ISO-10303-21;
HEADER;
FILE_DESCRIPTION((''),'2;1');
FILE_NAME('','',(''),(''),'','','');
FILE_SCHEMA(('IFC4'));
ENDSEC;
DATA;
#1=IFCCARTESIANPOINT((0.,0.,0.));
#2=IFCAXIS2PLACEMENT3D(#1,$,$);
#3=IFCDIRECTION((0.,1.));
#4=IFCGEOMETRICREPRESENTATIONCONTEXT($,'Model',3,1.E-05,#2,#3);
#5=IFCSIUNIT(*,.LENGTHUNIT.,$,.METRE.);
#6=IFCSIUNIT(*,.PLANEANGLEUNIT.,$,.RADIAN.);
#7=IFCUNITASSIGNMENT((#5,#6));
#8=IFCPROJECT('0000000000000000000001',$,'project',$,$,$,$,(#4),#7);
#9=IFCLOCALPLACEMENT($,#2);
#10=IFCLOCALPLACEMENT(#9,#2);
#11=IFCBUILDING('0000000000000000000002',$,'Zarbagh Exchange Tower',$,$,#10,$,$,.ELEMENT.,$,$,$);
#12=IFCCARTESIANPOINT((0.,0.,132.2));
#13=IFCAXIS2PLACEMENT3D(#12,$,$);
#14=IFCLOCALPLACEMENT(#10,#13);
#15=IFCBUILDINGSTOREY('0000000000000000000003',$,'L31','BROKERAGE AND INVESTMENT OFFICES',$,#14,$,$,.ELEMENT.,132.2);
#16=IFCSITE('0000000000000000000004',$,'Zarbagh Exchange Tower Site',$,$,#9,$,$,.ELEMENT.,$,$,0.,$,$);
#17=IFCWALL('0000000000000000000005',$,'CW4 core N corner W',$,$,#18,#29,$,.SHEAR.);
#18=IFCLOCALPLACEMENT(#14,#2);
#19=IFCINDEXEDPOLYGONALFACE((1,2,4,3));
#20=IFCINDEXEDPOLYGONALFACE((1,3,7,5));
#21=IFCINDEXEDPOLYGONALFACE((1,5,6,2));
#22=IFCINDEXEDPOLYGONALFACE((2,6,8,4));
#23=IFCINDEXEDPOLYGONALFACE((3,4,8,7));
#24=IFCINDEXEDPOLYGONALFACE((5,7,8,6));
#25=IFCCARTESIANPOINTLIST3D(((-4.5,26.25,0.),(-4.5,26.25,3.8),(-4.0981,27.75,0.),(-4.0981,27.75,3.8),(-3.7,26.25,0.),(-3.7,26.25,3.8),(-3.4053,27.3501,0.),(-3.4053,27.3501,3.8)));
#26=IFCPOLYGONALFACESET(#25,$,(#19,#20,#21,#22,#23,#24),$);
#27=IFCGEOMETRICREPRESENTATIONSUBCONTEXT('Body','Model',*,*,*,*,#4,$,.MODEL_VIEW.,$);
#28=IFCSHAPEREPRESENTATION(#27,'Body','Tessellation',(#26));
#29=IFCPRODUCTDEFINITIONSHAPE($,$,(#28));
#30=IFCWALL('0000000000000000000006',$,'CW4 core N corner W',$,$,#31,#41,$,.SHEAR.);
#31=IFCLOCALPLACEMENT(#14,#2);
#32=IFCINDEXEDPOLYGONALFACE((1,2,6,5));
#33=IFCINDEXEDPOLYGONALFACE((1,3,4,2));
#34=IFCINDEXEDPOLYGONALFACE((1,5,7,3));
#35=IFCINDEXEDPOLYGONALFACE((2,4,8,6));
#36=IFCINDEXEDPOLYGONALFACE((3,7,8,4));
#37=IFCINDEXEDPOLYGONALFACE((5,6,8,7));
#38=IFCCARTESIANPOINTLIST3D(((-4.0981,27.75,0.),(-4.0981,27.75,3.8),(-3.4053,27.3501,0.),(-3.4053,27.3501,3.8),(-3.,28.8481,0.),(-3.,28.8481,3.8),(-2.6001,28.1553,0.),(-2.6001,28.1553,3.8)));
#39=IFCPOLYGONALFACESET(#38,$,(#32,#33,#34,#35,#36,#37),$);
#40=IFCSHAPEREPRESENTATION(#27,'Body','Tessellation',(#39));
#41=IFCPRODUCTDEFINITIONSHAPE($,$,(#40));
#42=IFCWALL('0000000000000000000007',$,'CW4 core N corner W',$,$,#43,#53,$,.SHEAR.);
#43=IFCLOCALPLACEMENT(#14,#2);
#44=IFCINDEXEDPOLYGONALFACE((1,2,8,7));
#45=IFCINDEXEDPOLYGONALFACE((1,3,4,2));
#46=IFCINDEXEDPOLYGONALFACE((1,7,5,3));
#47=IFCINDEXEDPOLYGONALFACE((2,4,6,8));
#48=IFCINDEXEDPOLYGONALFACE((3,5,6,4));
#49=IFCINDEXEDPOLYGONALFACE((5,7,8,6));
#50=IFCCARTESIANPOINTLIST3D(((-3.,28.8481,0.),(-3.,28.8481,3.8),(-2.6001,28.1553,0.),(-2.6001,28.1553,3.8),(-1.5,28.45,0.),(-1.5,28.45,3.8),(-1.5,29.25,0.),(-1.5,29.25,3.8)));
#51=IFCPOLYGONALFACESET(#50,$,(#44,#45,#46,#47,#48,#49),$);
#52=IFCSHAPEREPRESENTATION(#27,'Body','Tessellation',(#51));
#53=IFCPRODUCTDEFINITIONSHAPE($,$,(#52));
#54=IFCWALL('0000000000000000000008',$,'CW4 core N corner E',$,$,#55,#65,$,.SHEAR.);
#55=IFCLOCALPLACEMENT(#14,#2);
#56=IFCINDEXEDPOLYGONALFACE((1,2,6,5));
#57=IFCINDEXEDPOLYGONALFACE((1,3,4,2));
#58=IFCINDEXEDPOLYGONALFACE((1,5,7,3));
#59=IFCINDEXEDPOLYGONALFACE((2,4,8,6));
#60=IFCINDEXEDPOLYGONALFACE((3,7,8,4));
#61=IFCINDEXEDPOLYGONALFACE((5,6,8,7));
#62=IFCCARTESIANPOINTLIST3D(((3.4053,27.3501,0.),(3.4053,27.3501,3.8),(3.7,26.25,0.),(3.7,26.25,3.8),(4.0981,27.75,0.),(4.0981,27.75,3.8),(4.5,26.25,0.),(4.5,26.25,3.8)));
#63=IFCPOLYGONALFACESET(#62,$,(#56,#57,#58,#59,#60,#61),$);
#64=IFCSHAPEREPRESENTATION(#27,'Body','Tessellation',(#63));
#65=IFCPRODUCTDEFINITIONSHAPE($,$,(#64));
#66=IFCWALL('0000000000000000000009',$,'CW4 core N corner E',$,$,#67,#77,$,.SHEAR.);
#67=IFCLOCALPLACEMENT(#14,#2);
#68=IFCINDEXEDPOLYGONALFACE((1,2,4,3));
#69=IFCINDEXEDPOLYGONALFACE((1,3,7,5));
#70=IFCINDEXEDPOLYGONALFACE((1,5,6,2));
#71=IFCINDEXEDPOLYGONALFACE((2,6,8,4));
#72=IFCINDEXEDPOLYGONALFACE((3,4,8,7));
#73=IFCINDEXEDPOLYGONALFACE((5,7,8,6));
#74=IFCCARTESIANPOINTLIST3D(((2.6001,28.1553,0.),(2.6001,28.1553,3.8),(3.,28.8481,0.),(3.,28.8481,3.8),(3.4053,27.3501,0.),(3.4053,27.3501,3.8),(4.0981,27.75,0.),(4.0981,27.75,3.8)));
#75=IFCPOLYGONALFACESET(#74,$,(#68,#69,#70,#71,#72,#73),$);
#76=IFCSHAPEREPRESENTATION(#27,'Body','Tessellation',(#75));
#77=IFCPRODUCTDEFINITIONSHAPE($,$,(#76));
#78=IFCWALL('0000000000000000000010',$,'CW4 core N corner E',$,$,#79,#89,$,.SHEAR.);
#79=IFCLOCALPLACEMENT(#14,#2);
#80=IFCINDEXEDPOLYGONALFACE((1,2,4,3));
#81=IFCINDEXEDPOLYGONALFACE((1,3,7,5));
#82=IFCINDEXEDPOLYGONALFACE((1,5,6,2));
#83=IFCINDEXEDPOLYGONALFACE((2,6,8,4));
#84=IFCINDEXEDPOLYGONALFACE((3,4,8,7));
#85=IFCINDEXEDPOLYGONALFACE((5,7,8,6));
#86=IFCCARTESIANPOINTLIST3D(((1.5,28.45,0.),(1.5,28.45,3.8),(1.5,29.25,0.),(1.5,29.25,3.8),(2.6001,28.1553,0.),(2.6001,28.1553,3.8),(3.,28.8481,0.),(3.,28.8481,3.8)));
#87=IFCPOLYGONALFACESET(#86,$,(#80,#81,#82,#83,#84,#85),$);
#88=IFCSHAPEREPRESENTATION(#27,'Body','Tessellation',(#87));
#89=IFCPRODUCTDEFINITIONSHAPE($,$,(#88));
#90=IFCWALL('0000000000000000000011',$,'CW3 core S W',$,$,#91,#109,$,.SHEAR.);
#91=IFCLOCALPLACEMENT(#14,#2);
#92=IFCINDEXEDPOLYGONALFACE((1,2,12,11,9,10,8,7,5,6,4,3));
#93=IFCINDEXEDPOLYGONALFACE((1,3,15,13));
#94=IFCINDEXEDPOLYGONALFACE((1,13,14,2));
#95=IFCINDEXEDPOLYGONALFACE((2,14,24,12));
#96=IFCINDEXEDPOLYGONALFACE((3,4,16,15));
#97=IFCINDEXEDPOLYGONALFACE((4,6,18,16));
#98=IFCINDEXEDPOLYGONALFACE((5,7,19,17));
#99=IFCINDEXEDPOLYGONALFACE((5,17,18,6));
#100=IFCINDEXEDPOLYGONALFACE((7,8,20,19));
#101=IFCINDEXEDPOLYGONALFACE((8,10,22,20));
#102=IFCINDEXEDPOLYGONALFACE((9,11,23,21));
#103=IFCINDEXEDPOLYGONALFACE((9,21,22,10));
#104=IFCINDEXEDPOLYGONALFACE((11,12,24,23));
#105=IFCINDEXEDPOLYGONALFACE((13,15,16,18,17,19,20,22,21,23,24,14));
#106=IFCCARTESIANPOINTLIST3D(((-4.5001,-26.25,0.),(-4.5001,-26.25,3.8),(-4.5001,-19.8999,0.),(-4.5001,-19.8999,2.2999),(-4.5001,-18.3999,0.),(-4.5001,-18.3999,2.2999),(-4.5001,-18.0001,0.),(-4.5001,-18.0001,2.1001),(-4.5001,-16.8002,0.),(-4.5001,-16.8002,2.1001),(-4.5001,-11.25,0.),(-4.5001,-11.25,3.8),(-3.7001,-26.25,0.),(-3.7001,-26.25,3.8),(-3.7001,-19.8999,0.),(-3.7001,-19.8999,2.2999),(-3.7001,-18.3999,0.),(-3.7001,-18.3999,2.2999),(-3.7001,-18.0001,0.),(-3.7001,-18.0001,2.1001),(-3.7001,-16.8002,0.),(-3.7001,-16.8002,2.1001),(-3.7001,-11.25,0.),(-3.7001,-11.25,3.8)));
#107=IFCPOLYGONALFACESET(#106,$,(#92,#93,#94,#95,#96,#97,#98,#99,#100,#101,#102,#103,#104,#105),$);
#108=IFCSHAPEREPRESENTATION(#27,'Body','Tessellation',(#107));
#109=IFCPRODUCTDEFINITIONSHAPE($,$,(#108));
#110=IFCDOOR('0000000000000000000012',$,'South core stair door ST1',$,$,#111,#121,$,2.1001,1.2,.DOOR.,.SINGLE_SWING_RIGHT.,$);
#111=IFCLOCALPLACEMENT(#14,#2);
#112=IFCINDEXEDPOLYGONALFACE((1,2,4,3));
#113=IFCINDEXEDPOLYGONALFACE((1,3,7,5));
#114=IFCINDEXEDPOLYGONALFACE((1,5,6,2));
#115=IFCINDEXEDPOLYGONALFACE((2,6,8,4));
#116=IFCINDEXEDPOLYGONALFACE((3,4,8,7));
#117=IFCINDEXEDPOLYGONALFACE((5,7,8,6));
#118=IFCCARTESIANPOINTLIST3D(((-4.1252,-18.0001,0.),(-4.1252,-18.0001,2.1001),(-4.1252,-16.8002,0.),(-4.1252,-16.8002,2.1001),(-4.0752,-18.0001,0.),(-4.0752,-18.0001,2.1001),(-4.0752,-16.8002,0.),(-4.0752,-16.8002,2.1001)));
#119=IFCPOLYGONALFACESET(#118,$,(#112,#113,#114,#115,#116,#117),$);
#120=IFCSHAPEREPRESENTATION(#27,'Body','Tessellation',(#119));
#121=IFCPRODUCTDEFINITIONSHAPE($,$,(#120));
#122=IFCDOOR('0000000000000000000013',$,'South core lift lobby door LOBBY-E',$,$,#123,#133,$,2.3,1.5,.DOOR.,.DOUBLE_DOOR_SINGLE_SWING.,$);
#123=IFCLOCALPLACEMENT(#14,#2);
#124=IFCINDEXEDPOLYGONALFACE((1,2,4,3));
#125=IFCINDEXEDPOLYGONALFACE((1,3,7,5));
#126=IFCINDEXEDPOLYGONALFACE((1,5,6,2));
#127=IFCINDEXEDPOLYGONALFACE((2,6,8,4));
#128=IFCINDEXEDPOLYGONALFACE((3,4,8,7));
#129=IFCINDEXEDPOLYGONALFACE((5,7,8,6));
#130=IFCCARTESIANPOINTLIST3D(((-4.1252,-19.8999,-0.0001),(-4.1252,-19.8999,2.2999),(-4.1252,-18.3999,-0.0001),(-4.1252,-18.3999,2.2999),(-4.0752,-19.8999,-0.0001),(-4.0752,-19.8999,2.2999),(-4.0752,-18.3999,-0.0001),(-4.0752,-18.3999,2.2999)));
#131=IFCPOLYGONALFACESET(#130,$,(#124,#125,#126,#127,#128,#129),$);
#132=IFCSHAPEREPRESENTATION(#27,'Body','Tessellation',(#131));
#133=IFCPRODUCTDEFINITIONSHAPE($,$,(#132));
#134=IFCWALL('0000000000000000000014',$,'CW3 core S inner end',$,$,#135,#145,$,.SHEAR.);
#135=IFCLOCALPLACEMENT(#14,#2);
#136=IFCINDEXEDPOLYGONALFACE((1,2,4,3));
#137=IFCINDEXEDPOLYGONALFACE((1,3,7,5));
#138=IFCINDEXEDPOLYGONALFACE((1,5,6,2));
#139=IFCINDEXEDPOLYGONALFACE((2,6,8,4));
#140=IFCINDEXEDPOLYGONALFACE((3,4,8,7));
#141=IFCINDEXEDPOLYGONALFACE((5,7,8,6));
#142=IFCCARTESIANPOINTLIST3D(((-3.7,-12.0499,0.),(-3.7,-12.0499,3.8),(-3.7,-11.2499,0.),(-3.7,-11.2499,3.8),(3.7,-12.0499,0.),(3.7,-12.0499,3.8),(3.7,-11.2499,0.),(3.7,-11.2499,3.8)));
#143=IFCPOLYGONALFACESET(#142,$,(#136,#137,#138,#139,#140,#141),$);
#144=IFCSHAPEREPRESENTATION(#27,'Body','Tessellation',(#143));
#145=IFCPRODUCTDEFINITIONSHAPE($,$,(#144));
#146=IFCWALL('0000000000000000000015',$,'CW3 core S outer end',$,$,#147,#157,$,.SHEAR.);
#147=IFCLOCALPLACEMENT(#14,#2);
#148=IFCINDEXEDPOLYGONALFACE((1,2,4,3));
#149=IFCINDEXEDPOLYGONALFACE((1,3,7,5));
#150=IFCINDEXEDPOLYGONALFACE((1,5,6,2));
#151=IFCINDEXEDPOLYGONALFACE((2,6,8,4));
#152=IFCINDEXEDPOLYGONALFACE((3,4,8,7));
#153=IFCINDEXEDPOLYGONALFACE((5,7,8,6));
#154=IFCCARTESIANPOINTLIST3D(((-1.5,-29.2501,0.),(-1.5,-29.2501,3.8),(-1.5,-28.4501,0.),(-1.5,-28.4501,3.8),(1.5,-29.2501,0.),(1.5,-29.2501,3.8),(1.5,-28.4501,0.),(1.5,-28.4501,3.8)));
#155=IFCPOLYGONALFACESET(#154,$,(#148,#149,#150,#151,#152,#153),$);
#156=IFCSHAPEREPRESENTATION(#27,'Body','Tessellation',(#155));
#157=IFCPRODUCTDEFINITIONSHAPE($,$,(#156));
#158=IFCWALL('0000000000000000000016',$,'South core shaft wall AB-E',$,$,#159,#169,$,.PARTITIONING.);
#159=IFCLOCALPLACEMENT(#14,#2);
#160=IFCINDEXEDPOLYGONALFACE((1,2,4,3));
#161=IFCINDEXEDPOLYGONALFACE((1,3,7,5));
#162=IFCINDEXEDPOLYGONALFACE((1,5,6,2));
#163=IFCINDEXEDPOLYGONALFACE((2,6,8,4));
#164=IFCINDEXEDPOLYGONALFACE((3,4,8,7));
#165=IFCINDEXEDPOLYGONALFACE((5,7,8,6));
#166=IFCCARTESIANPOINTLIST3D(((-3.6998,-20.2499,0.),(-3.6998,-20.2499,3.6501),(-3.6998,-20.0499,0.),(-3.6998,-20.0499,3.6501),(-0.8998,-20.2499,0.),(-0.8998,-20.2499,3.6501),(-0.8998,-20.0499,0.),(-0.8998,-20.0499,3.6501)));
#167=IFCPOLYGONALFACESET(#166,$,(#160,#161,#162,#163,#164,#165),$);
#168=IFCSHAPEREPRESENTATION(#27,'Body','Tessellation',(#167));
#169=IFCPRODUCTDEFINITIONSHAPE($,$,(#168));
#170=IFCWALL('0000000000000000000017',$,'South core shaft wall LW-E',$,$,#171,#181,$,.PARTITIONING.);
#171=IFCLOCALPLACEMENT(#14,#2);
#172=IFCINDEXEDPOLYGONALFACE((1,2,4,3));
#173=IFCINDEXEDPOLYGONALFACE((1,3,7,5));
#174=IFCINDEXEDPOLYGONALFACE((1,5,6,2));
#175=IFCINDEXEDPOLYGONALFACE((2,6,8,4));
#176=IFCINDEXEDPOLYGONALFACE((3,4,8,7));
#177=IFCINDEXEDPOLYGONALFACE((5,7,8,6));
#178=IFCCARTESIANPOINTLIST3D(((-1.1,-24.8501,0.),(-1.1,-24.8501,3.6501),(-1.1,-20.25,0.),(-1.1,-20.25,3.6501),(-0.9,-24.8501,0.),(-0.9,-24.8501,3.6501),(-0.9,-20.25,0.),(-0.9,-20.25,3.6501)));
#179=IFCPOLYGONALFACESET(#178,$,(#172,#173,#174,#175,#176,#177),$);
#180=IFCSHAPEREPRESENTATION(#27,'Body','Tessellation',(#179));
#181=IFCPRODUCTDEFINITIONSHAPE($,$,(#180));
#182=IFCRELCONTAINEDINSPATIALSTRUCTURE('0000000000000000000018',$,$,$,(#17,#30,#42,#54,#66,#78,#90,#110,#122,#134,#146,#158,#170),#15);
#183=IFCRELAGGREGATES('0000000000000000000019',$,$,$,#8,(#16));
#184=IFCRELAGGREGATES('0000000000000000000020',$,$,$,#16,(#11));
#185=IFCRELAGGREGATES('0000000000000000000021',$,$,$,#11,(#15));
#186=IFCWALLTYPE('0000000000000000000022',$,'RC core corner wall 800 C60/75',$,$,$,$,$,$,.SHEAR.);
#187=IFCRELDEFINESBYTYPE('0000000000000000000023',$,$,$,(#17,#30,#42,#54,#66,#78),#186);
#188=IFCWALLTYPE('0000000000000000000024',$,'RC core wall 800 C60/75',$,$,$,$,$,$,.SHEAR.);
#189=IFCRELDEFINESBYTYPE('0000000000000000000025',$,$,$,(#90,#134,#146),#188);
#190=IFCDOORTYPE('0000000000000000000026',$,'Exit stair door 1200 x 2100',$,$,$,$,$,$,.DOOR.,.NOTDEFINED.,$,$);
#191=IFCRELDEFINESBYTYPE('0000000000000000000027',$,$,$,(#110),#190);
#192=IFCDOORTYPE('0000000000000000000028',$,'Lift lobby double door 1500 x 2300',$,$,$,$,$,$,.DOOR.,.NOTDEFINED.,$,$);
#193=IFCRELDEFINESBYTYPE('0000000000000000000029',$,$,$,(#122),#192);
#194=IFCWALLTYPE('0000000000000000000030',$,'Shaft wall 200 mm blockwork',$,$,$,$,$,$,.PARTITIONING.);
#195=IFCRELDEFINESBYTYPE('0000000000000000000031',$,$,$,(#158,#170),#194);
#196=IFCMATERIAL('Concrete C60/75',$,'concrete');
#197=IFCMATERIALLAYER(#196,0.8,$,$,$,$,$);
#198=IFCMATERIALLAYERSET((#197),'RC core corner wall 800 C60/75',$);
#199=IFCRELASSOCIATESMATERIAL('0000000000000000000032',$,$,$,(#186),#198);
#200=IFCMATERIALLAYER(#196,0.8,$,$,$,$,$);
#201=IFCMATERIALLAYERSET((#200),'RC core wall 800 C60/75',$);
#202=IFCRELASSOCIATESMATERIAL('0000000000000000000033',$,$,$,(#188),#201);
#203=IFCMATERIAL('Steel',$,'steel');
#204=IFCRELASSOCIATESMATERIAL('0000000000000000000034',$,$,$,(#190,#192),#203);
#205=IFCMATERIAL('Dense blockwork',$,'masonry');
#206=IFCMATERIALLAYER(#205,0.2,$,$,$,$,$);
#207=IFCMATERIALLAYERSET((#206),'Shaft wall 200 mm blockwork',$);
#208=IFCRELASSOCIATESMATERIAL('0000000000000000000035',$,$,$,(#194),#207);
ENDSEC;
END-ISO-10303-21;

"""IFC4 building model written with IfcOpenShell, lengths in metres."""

from ifc_helpers import new_model, si_unit, direction, frame, frame_2d, origin, place, context, subcontext, project, spatial, polyline, rectangle, outline, extrude, material, layer, layer_set, type_object, element, fill, save


model = new_model("IFC4")

# Units and contexts
model_context = context("Model", 3, precision=1e-05, world=origin(), true_north=direction((0.0, 1.0)))
body_context = subcontext(model_context, "Body", "Model", "MODEL_VIEW")
ifc_project = project(units=[si_unit("LENGTHUNIT", "METRE"), si_unit("PLANEANGLEUNIT", "RADIAN")], contexts=[model_context])

# Site, building, storey
site_placement = place(None, origin())
site = spatial("IfcSite", under=ifc_project, at=site_placement, Name="Zarbagh Exchange Tower Site", CompositionType="ELEMENT", RefElevation=0.0)
building_placement = place(site_placement, origin())
building = spatial("IfcBuilding", under=site, at=building_placement, Name="Zarbagh Exchange Tower", CompositionType="ELEMENT")
storey_placement = place(building_placement, frame((0.0, 0.0, 132.2)))
storey = spatial("IfcBuildingStorey", under=building, at=storey_placement, Name="L31", Description="BROKERAGE AND INVESTMENT OFFICES", CompositionType="ELEMENT", Elevation=132.2)

# Shared definitions
ifc_material_1 = material(Name="Concrete C60/75", Category="concrete")

# Walls
ifc_layer_1 = layer(ifc_material_1, 0.8)
ifc_layer_set_1 = layer_set([ifc_layer_1], Name="RC core corner wall 800 C60/75")
wall_type_1 = type_object("IfcWallType", Name="RC core corner wall 800 C60/75", PredefinedType="SHEAR", material=ifc_layer_set_1)
wall_1_placement = place(storey_placement, origin())
element("IfcWall", 1, at=wall_1_placement, inside=storey, type_object=wall_type_1, Name="CW4 core N corner W", PredefinedType="SHEAR", context=body_context, shape_type="SweptSolid", body=[
    extrude(outline(polyline([(-4.5, 26.25), (-4.0981, 27.75), (-3.4053, 27.3501), (-3.7, 26.25), (-4.5, 26.25)])), origin(), (0.0, 0.0, 1.0), 3.8),
])
wall_2_placement = place(storey_placement, origin())
element("IfcWall", 2, at=wall_2_placement, inside=storey, type_object=wall_type_1, Name="CW4 core N corner W", PredefinedType="SHEAR", context=body_context, shape_type="SweptSolid", body=[
    extrude(outline(polyline([(-4.0981, 27.75), (-3.0, 28.8481), (-2.6001, 28.1553), (-3.4053, 27.3501), (-4.0981, 27.75)])), origin(), (0.0, 0.0, 1.0), 3.8),
])
wall_3_placement = place(storey_placement, origin())
element("IfcWall", 3, at=wall_3_placement, inside=storey, type_object=wall_type_1, Name="CW4 core N corner W", PredefinedType="SHEAR", context=body_context, shape_type="SweptSolid", body=[
    extrude(outline(polyline([(-3.0, 28.8481), (-1.5, 29.25), (-1.5, 28.45), (-2.6001, 28.1553), (-3.0, 28.8481)])), origin(), (0.0, 0.0, 1.0), 3.8),
])
wall_4_placement = place(storey_placement, origin())
element("IfcWall", 4, at=wall_4_placement, inside=storey, type_object=wall_type_1, Name="CW4 core N corner E", PredefinedType="SHEAR", context=body_context, shape_type="SweptSolid", body=[
    extrude(outline(polyline([(4.5, 26.25), (4.0981, 27.75), (3.4053, 27.3501), (3.7, 26.25), (4.5, 26.25)])), origin(), (0.0, 0.0, 1.0), 3.8),
])
wall_5_placement = place(storey_placement, origin())
element("IfcWall", 5, at=wall_5_placement, inside=storey, type_object=wall_type_1, Name="CW4 core N corner E", PredefinedType="SHEAR", context=body_context, shape_type="SweptSolid", body=[
    extrude(outline(polyline([(4.0981, 27.75), (3.0, 28.8481), (2.6001, 28.1553), (3.4053, 27.3501), (4.0981, 27.75)])), origin(), (0.0, 0.0, 1.0), 3.8),
])
wall_6_placement = place(storey_placement, origin())
element("IfcWall", 6, at=wall_6_placement, inside=storey, type_object=wall_type_1, Name="CW4 core N corner E", PredefinedType="SHEAR", context=body_context, shape_type="SweptSolid", body=[
    extrude(outline(polyline([(3.0, 28.8481), (1.5, 29.25), (1.5, 28.45), (2.6001, 28.1553), (3.0, 28.8481)])), origin(), (0.0, 0.0, 1.0), 3.8),
])

# Wall, openings, doors
ifc_layer_2 = layer(ifc_material_1, 0.8)
ifc_layer_set_2 = layer_set([ifc_layer_2], Name="RC core wall 800 C60/75")
wall_type_2 = type_object("IfcWallType", Name="RC core wall 800 C60/75", PredefinedType="SHEAR", material=ifc_layer_set_2)
wall_7_placement = place(storey_placement, frame((-4.1001, -11.25, 0.0), z_axis=(0.0, 0.0, 1.0), x_axis=(0.0, -1.0, 0.0)))
wall_7 = element("IfcWall", 7, at=wall_7_placement, inside=storey, type_object=wall_type_2, Name="CW3 core S W", PredefinedType="SHEAR", context=body_context, shape_type="SweptSolid", body=[
    extrude(rectangle(XDim=15.0, YDim=0.8, at=frame_2d((7.5, 0.0))), origin(), (0.0, 0.0, 1.0), 3.8),
])
opening_1_placement = place(wall_7_placement, frame((7.1499, 0.0, 0.0)))
opening_1 = element("IfcOpeningElement", 8, at=opening_1_placement, cuts=wall_7, PredefinedType="OPENING", context=body_context, shape_type="SweptSolid", body=[
    extrude(rectangle(XDim=1.5, YDim=2.3, at=frame_2d((0.75, 1.1499))), frame((0.0, 0.4099, 0.0), z_axis=(0.0, -1.0, 0.0), x_axis=(1.0, 0.0, 0.0)), (0.0, 0.0, 1.0), 0.8201),
])
opening_2_placement = place(wall_7_placement, frame((5.55, 0.0, 0.0)))
opening_2 = element("IfcOpeningElement", 9, at=opening_2_placement, cuts=wall_7, PredefinedType="OPENING", context=body_context, shape_type="SweptSolid", body=[
    extrude(rectangle(XDim=1.2, YDim=2.1001, at=frame_2d((0.6001, 1.05))), frame((0.0, 0.4099, 0.0), z_axis=(0.0, -1.0, 0.0), x_axis=(1.0, 0.0, 0.0)), (0.0, 0.0, 1.0), 0.8201),
])
ifc_material_2 = material(Name="Steel", Category="steel")
door_type_1 = type_object("IfcDoorType", Name="Exit stair door 1200 x 2100", OperationType="NOTDEFINED", PredefinedType="DOOR", material=ifc_material_2)
door_1_placement = place(opening_2_placement, origin())
door_1 = element("IfcDoor", 10, at=door_1_placement, inside=storey, type_object=door_type_1, Name="South core stair door ST1", OperationType="SINGLE_SWING_RIGHT", OverallHeight=2.1001, OverallWidth=1.2, PredefinedType="DOOR", context=body_context, shape_type="SweptSolid", body=[
    extrude(rectangle(XDim=1.2, YDim=2.1001, at=frame_2d((0.6001, 1.05))), frame((0.0, 0.0249, 0.0), z_axis=(0.0, -1.0, 0.0), x_axis=(1.0, 0.0, 0.0)), (0.0, 0.0, 1.0), 0.05),
])
fill(opening_2, door_1)
door_type_2 = type_object("IfcDoorType", Name="Lift lobby double door 1500 x 2300", OperationType="NOTDEFINED", PredefinedType="DOOR", material=ifc_material_2)
door_2_placement = place(opening_1_placement, origin())
door_2 = element("IfcDoor", 11, at=door_2_placement, inside=storey, type_object=door_type_2, Name="South core lift lobby door LOBBY-E", OperationType="DOUBLE_DOOR_SINGLE_SWING", OverallHeight=2.3, OverallWidth=1.5, PredefinedType="DOOR", context=body_context, shape_type="SweptSolid", body=[
    extrude(rectangle(XDim=1.5, YDim=2.3, at=frame_2d((0.75, 1.1499))), frame((0.0, 0.0249, 0.0), z_axis=(0.0, -1.0, 0.0), x_axis=(1.0, 0.0, 0.0)), (0.0, 0.0, 1.0), 0.05),
])
fill(opening_1, door_2)

# Walls
wall_8_placement = place(storey_placement, frame((-3.7, -11.6499, 0.0), z_axis=(0.0, 0.0, 1.0), x_axis=(1.0, 0.0, 0.0)))
element("IfcWall", 12, at=wall_8_placement, inside=storey, type_object=wall_type_2, Name="CW3 core S inner end", PredefinedType="SHEAR", context=body_context, shape_type="SweptSolid", body=[
    extrude(rectangle(XDim=7.3999, YDim=0.8, at=frame_2d((3.7, 0.0))), origin(), (0.0, 0.0, 1.0), 3.8),
])
wall_9_placement = place(storey_placement, frame((-1.5, -28.8501, 0.0), z_axis=(0.0, 0.0, 1.0), x_axis=(1.0, 0.0, 0.0)))
element("IfcWall", 13, at=wall_9_placement, inside=storey, type_object=wall_type_2, Name="CW3 core S outer end", PredefinedType="SHEAR", context=body_context, shape_type="SweptSolid", body=[
    extrude(rectangle(XDim=3.0, YDim=0.8, at=frame_2d((1.5, 0.0))), origin(), (0.0, 0.0, 1.0), 3.8),
])
ifc_material_3 = material(Name="Dense blockwork", Category="masonry")
ifc_layer_3 = layer(ifc_material_3, 0.2)
ifc_layer_set_3 = layer_set([ifc_layer_3], Name="Shaft wall 200 mm blockwork")
wall_type_3 = type_object("IfcWallType", Name="Shaft wall 200 mm blockwork", PredefinedType="PARTITIONING", material=ifc_layer_set_3)
wall_10_placement = place(storey_placement, frame((-0.8999, -20.1499, 0.0), z_axis=(0.0, 0.0, 1.0), x_axis=(-1.0, 0.0, 0.0)))
element("IfcWall", 14, at=wall_10_placement, inside=storey, type_object=wall_type_3, Name="South core shaft wall AB-E", PredefinedType="PARTITIONING", context=body_context, shape_type="SweptSolid", body=[
    extrude(rectangle(XDim=2.8, YDim=0.2, at=frame_2d((1.3999, 0.0))), origin(), (0.0, 0.0, 1.0), 3.6501),
])
wall_11_placement = place(storey_placement, frame((-1.0, -24.8501, 0.0), z_axis=(0.0, 0.0, 1.0), x_axis=(0.0, 1.0, 0.0)))
element("IfcWall", 15, at=wall_11_placement, inside=storey, type_object=wall_type_3, Name="South core shaft wall LW-E", PredefinedType="PARTITIONING", context=body_context, shape_type="SweptSolid", body=[
    extrude(rectangle(XDim=4.6001, YDim=0.2, at=frame_2d((2.3, 0.0))), origin(), (0.0, 0.0, 1.0), 3.6501),
])

save(model, "model.ifc")
